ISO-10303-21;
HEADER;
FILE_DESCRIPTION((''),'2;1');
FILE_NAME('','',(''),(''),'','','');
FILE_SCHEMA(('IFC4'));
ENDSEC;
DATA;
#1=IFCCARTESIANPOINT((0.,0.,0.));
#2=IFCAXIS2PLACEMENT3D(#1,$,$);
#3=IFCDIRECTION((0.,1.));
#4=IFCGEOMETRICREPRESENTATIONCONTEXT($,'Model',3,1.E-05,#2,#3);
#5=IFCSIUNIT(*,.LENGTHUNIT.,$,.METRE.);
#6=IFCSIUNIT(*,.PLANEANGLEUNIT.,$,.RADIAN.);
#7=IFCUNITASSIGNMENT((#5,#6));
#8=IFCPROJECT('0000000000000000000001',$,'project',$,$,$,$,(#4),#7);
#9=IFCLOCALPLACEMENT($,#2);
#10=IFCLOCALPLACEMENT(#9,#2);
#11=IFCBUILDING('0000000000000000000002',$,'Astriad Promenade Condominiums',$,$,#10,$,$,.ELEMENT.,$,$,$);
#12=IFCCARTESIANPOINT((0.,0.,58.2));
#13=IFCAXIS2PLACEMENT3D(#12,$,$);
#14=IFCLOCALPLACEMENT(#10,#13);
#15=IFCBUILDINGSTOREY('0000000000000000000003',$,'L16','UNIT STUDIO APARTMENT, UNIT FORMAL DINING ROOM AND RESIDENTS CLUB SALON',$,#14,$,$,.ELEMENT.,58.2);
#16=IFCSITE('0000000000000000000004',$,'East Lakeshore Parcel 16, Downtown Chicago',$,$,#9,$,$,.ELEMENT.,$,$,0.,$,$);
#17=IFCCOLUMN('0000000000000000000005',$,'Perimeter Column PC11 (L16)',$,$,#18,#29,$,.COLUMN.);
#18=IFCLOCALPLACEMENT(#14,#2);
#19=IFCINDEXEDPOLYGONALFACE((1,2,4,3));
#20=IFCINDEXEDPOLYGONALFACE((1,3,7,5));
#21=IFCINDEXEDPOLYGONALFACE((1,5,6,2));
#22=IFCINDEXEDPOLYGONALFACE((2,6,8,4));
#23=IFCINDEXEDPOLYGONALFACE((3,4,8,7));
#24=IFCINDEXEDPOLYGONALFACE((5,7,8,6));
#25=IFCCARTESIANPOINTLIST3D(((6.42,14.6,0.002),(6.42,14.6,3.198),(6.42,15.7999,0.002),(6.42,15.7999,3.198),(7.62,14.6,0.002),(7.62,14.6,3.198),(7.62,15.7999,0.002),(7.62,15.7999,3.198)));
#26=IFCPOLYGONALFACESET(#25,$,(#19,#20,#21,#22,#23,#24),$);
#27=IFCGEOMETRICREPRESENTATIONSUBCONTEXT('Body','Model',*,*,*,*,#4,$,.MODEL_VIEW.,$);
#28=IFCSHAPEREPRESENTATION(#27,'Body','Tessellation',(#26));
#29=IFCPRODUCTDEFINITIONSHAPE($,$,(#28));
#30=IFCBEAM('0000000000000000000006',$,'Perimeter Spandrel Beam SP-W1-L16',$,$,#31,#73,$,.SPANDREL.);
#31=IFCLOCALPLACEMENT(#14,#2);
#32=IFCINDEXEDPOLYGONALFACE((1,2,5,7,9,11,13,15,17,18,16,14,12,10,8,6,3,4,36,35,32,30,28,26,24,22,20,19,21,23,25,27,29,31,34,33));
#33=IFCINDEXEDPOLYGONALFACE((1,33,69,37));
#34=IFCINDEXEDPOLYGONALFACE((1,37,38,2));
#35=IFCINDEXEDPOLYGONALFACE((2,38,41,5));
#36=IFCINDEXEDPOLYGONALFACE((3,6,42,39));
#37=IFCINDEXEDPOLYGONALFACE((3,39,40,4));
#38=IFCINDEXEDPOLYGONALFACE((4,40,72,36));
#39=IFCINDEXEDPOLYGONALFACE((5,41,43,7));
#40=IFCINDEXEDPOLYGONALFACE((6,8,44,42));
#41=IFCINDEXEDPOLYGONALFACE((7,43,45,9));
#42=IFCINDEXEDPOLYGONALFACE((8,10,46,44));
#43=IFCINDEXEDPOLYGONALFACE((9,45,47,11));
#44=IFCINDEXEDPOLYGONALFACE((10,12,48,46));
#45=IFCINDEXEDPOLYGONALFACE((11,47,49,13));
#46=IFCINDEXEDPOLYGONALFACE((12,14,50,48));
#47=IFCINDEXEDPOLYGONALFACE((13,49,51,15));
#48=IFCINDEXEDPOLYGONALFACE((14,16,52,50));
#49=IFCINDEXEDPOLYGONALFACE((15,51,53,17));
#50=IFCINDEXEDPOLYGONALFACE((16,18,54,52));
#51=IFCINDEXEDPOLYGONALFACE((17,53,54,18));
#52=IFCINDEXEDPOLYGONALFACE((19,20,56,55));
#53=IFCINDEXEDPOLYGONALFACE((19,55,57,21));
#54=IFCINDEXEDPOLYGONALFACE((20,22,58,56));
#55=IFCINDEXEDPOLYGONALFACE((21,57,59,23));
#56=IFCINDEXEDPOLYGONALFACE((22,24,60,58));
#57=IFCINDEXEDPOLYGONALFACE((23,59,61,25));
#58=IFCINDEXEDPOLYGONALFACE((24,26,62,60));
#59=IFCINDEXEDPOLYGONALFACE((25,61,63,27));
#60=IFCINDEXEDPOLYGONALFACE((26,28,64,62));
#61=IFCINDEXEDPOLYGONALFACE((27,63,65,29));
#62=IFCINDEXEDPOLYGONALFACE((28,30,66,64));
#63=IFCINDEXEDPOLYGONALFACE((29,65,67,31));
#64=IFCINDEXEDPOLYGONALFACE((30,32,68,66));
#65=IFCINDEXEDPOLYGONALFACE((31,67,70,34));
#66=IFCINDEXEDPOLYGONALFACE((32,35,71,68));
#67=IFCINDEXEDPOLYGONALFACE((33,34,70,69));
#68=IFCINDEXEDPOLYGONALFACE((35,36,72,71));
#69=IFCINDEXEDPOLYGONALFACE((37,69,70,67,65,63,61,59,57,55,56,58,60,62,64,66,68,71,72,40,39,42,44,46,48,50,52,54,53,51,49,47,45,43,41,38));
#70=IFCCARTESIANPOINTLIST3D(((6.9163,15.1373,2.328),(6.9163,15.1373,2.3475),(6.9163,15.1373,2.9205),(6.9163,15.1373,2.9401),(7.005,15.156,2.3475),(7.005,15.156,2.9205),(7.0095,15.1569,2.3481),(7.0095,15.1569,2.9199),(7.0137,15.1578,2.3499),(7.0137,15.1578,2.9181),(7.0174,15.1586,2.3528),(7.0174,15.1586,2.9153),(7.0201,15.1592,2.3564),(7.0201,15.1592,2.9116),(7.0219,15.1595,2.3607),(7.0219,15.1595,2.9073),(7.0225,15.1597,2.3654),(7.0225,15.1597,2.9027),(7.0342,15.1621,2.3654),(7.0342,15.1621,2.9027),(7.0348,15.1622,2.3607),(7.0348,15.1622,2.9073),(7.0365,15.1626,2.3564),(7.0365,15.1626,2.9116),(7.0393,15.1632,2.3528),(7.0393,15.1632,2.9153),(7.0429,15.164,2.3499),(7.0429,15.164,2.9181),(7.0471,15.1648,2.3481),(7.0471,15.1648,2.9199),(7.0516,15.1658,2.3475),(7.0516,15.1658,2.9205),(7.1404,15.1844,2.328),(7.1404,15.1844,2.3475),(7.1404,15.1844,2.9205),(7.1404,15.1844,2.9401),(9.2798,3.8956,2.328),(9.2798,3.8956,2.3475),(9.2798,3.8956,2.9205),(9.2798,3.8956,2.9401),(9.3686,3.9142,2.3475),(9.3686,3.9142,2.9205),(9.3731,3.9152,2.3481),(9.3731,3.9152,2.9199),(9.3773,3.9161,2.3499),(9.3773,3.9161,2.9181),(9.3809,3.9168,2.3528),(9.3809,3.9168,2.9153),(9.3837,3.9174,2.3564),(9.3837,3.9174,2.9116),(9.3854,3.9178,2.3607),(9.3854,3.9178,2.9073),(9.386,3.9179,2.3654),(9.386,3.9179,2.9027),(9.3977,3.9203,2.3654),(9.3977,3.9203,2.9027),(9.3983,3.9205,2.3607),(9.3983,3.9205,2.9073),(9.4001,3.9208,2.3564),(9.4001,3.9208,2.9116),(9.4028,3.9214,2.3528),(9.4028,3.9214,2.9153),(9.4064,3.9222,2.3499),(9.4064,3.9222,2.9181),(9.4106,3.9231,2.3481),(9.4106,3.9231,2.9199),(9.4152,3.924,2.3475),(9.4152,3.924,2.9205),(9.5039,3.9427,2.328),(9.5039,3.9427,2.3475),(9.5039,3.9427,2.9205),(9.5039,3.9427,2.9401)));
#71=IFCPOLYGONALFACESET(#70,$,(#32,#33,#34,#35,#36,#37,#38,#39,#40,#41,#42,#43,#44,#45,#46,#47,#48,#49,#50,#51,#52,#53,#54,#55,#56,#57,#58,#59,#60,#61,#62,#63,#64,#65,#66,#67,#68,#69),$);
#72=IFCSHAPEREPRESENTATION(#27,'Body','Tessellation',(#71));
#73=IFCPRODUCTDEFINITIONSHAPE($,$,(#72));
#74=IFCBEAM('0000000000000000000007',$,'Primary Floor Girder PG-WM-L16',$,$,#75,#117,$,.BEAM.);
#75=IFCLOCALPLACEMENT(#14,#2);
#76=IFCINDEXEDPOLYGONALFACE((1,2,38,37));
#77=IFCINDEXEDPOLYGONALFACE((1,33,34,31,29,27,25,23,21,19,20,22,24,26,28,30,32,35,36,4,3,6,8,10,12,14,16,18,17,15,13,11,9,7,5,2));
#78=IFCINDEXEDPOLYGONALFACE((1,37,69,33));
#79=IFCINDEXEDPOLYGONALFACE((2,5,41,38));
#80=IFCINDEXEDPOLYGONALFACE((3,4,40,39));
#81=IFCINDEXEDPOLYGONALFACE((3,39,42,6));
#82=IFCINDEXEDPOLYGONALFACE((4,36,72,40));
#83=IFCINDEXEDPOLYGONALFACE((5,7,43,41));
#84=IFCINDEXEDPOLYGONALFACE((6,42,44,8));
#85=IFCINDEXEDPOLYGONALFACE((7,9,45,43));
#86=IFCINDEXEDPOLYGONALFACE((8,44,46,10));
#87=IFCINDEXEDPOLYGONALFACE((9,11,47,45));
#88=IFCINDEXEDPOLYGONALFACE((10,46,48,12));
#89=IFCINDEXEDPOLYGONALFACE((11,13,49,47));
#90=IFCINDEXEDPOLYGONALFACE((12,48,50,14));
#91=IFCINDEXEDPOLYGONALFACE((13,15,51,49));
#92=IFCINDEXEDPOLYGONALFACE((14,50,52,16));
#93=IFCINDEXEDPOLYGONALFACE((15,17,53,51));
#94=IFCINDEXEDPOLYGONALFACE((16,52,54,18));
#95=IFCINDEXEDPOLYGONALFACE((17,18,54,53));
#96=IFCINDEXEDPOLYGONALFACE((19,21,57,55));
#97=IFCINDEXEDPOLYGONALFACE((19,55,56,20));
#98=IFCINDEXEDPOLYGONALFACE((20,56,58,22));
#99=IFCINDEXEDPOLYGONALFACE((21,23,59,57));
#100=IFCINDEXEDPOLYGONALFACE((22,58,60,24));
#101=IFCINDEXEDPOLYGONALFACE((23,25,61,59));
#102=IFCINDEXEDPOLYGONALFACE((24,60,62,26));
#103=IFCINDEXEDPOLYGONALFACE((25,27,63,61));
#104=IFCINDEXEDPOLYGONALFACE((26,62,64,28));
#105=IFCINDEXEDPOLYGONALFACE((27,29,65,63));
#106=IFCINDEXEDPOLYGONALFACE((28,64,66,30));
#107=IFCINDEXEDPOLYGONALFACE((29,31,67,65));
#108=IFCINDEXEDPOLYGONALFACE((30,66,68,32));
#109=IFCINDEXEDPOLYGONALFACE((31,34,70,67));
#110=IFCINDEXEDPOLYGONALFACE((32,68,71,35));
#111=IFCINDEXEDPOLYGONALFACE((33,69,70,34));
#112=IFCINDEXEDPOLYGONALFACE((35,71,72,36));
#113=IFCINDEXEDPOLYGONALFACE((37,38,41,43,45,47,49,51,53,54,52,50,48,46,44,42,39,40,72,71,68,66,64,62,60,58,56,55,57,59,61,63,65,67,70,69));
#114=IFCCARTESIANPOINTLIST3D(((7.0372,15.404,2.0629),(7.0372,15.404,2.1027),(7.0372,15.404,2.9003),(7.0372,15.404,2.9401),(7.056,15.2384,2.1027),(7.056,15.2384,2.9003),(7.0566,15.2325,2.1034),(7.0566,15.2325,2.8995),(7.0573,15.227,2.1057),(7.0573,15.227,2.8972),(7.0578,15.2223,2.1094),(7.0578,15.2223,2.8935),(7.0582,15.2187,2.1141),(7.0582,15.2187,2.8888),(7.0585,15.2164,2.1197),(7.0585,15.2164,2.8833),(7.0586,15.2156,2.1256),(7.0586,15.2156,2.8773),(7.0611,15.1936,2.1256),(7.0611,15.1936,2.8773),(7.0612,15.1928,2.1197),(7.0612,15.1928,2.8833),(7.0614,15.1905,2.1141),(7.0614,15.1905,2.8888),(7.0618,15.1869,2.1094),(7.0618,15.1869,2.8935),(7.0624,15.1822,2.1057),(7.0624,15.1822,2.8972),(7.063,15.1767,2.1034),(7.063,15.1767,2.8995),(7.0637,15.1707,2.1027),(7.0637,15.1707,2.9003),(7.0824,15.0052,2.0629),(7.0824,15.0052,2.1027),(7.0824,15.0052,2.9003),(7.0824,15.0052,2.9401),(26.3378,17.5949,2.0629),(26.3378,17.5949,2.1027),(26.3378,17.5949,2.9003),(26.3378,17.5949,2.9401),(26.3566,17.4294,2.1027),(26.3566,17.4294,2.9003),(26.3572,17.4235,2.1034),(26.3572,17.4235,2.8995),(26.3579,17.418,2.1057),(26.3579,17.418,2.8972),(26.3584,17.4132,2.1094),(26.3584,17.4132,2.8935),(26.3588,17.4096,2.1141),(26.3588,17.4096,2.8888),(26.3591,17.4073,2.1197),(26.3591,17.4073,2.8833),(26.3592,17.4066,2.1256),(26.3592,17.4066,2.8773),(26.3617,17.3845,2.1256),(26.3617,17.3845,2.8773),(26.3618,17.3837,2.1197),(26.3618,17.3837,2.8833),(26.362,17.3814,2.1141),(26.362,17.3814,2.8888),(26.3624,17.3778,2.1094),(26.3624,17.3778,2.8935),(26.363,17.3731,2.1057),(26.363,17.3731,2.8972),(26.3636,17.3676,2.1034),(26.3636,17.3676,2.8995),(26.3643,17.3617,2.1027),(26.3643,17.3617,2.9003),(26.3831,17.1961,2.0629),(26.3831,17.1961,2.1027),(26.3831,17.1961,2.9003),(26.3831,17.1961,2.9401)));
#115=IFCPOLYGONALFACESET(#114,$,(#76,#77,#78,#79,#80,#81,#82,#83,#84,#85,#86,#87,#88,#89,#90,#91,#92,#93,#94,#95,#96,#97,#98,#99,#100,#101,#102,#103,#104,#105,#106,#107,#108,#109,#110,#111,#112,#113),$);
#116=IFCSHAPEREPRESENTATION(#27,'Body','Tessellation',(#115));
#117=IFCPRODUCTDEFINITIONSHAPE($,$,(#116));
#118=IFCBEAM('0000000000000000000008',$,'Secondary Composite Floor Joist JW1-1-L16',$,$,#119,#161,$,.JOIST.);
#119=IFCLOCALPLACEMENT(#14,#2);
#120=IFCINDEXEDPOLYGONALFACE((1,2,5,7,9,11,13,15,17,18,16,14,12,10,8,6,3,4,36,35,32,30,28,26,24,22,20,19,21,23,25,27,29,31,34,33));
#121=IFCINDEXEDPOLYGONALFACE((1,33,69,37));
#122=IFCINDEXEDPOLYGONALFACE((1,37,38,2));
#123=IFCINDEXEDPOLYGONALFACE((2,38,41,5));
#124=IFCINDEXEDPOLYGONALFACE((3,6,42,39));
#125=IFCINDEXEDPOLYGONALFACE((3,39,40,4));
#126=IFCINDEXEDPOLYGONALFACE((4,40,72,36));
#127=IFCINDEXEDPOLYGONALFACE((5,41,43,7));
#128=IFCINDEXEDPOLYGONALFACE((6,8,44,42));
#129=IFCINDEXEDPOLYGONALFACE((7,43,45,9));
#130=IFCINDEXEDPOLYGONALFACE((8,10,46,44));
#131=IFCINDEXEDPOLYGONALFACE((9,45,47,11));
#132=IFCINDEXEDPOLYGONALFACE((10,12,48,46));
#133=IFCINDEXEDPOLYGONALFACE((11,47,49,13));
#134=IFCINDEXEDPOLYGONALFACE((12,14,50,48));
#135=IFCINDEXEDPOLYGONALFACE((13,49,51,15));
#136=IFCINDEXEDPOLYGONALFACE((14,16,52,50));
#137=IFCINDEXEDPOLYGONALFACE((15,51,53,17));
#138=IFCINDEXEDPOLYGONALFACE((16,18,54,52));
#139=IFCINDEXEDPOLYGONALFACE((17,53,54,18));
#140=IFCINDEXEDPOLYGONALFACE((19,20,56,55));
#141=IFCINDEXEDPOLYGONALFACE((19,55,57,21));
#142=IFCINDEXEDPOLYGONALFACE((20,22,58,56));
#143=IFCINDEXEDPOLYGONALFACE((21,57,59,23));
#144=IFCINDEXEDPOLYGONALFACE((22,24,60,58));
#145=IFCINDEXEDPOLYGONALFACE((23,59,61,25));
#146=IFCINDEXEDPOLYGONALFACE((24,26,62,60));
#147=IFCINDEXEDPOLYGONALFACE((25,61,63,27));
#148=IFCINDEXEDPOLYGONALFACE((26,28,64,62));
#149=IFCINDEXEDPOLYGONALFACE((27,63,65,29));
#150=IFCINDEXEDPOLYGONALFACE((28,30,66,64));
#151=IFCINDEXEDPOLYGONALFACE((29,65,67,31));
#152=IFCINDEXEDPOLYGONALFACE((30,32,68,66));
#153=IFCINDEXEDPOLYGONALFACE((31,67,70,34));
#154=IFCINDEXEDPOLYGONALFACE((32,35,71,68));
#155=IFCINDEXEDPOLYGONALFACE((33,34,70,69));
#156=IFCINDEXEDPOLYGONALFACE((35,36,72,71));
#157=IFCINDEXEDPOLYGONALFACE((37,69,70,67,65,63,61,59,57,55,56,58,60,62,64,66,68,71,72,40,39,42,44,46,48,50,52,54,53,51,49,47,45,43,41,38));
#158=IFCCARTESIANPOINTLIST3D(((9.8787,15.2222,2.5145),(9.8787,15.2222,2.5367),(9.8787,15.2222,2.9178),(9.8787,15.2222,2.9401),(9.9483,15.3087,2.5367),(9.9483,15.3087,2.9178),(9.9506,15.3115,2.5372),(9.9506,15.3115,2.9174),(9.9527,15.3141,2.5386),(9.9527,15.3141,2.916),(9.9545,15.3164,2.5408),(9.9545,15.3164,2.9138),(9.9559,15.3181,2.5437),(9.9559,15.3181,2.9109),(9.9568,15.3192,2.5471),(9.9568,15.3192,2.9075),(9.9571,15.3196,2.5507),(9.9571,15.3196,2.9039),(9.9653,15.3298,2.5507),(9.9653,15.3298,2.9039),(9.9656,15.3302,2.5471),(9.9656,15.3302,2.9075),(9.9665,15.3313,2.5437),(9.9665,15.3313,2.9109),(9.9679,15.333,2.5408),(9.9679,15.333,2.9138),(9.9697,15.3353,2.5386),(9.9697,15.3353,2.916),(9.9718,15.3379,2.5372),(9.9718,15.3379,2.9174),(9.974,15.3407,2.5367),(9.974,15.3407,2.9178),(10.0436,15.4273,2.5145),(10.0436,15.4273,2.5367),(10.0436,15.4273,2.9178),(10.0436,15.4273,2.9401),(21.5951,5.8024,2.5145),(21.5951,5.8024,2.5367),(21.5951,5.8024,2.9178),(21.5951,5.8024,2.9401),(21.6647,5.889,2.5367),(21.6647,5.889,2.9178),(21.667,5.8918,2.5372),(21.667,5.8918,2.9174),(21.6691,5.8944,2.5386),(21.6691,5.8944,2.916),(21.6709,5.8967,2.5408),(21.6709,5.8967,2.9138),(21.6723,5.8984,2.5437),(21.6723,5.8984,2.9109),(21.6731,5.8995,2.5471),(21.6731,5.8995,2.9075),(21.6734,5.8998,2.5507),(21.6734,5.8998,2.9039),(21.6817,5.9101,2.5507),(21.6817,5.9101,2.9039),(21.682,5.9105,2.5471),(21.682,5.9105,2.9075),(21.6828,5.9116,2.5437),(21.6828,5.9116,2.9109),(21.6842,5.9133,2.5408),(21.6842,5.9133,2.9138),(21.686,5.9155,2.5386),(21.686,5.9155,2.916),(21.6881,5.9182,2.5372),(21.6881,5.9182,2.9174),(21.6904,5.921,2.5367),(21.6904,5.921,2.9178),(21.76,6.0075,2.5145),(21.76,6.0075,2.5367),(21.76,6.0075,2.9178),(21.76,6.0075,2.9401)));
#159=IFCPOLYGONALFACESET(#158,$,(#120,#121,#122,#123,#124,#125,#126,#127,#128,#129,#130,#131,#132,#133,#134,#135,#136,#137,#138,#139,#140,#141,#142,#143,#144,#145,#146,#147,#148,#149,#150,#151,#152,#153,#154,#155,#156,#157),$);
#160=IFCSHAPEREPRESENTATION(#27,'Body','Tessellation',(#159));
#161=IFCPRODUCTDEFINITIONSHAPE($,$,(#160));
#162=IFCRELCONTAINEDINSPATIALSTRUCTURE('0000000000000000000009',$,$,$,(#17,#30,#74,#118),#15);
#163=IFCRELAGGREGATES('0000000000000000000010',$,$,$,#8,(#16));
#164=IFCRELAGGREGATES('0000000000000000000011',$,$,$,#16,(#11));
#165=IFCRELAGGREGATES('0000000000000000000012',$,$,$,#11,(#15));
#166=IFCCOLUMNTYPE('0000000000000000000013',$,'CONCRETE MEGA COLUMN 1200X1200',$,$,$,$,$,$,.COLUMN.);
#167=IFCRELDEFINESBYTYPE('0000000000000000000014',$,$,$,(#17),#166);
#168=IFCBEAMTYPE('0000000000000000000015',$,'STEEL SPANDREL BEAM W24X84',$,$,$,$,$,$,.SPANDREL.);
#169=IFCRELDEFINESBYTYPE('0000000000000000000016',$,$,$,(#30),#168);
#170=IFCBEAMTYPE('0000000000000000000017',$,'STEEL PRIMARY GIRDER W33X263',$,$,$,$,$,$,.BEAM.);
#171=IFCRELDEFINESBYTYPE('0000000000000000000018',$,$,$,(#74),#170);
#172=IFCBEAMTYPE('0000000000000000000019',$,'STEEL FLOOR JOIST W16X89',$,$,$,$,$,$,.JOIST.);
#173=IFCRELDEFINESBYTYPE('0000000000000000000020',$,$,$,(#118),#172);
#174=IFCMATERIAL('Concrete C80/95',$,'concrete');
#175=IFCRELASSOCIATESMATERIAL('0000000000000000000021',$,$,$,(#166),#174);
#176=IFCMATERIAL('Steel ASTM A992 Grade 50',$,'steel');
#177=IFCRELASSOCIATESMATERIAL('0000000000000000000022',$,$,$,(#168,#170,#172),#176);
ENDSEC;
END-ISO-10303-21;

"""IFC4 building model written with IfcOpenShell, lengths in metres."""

from ifc_helpers import new_model, si_unit, direction, frame, origin, origin_2d, place, context, subcontext, project, spatial, rectangle, i_section, extrude, source, transform, mapped, material, material_profile, profile_set, type_object, type_shapes, element, save


model = new_model("IFC4")

# Units and contexts
model_context = context("Model", 3, precision=1e-05, world=origin(), true_north=direction((0.0, 1.0)))
body_context = subcontext(model_context, "Body", "Model", "MODEL_VIEW")
ifc_project = project(units=[si_unit("LENGTHUNIT", "METRE"), si_unit("PLANEANGLEUNIT", "RADIAN")], contexts=[model_context])

# Site, building, storey
site_placement = place(None, origin())
site = spatial("IfcSite", under=ifc_project, at=site_placement, Name="East Lakeshore Parcel 16, Downtown Chicago", CompositionType="ELEMENT", RefElevation=0.0)
building_placement = place(site_placement, origin())
building = spatial("IfcBuilding", under=site, at=building_placement, Name="Astriad Promenade Condominiums", CompositionType="ELEMENT")
storey_placement = place(building_placement, frame((0.0, 0.0, 58.2)))
storey = spatial("IfcBuildingStorey", under=building, at=storey_placement, Name="L16", Description="UNIT STUDIO APARTMENT, UNIT FORMAL DINING ROOM AND RESIDENTS CLUB SALON", CompositionType="ELEMENT", Elevation=58.2)

# Column
ifc_material_1 = material(Name="Concrete C80/95", Category="concrete")
ifc_material_profile_1 = material_profile(ifc_material_1, rectangle(XDim=1.2, YDim=1.2, at=origin_2d()), Name="RC-COL-1200X1200")
ifc_profile_set_1 = profile_set([ifc_material_profile_1], Name="Concrete C80/95")
column_type = type_object("IfcColumnType", Name="CONCRETE MEGA COLUMN 1200X1200", PredefinedType="COLUMN", material=ifc_profile_set_1)
shared_shape_1 = source(origin(), body_context, "Body", "SweptSolid", [
    extrude(rectangle(XDim=1.2, YDim=1.2, at=origin_2d()), origin(), (0.0, 0.0, 1.0), 3.196),
])
type_shapes(column_type, [shared_shape_1])
column_placement = place(storey_placement, frame((7.02, 15.2, 0.002), z_axis=(0.0, 0.0, 1.0), x_axis=(1.0, 0.0, 0.0)))
element("IfcColumn", 1, at=column_placement, inside=storey, type_object=column_type, Name="Perimeter Column PC11 (L16)", PredefinedType="COLUMN", context=body_context, shape_type="MappedRepresentation", body=[
    mapped(shared_shape_1, transform((0.0, 0.0, 0.0), scale=1.0)),
])

# Beams
ifc_material_2 = material(Name="Steel ASTM A992 Grade 50", Category="steel")
ifc_material_profile_2 = material_profile(ifc_material_2, i_section(OverallWidth=0.229, OverallDepth=0.6121, WebThickness=0.012, FlangeThickness=0.0195, FilletRadius=0.0178, at=origin_2d()), Name="W24X84")
ifc_profile_set_2 = profile_set([ifc_material_profile_2], Name="Steel ASTM A992 Grade 50")
beam_type_1 = type_object("IfcBeamType", Name="STEEL SPANDREL BEAM W24X84", PredefinedType="SPANDREL", material=ifc_profile_set_2)
shared_shape_2 = source(origin(), body_context, "Body", "SweptSolid", [
    extrude(i_section(OverallWidth=0.229, OverallDepth=0.6121, WebThickness=0.012, FlangeThickness=0.0195, FilletRadius=0.0178, at=origin_2d()), origin(), (0.0, 0.0, 1.0), 11.4875),
])
type_shapes(beam_type_1, [shared_shape_2])
beam_1_placement = place(storey_placement, frame((7.0283, 15.1609, 2.634), z_axis=(0.205748, -0.978605, 0.0), x_axis=(0.978605, 0.205748, 0.0)))
element("IfcBeam", 2, at=beam_1_placement, inside=storey, type_object=beam_type_1, Name="Perimeter Spandrel Beam SP-W1-L16", PredefinedType="SPANDREL", context=body_context, shape_type="MappedRepresentation", body=[
    mapped(shared_shape_2, transform((0.0, 0.0, 0.0), scale=1.0)),
])
ifc_material_profile_3 = material_profile(ifc_material_2, i_section(OverallWidth=0.4014, OverallDepth=0.8772, WebThickness=0.0222, FlangeThickness=0.0398, FilletRadius=0.0229, at=origin_2d()), Name="W33X263")
ifc_profile_set_3 = profile_set([ifc_material_profile_3], Name="Steel ASTM A992 Grade 50")
beam_type_2 = type_object("IfcBeamType", Name="STEEL PRIMARY GIRDER W33X263", PredefinedType="BEAM", material=ifc_profile_set_3)
shared_shape_3 = source(origin(), body_context, "Body", "SweptSolid", [
    extrude(i_section(OverallWidth=0.4014, OverallDepth=0.8772, WebThickness=0.0222, FlangeThickness=0.0398, FilletRadius=0.0229, at=origin_2d()), origin(), (0.0, 0.0, 1.0), 19.4246),
])
type_shapes(beam_type_2, [shared_shape_3])
beam_2_placement = place(storey_placement, frame((7.0598, 15.2046, 2.5015), z_axis=(0.993619, 0.112792, 0.0), x_axis=(-0.112792, 0.993619, 0.0)))
element("IfcBeam", 3, at=beam_2_placement, inside=storey, type_object=beam_type_2, Name="Primary Floor Girder PG-WM-L16", PredefinedType="BEAM", context=body_context, shape_type="MappedRepresentation", body=[
    mapped(shared_shape_3, transform((0.0, 0.0, 0.0), scale=1.0)),
])
ifc_material_profile_4 = material_profile(ifc_material_2, i_section(OverallWidth=0.2632, OverallDepth=0.4255, WebThickness=0.0132, FlangeThickness=0.0222, FilletRadius=0.0139, at=origin_2d()), Name="W16X89")
ifc_profile_set_4 = profile_set([ifc_material_profile_4], Name="Steel ASTM A992 Grade 50")
beam_type_3 = type_object("IfcBeamType", Name="STEEL FLOOR JOIST W16X89", PredefinedType="JOIST", material=ifc_profile_set_4)
shared_shape_4 = source(origin(), body_context, "Body", "SweptSolid", [
    extrude(i_section(OverallWidth=0.2632, OverallDepth=0.4255, WebThickness=0.0132, FlangeThickness=0.0222, FilletRadius=0.0139, at=origin_2d()), origin(), (0.0, 0.0, 1.0), 15.0334),
])
beam_3_placement = place(storey_placement, frame((9.9612, 15.3247, 2.7273), z_axis=(0.779353, -0.626585, 0.0), x_axis=(0.626585, 0.779353, 0.0)))
element("IfcBeam", 4, at=beam_3_placement, inside=storey, type_object=beam_type_3, Name="Secondary Composite Floor Joist JW1-1-L16", PredefinedType="JOIST", context=body_context, shape_type="MappedRepresentation", body=[
    mapped(shared_shape_4, transform((0.0, 0.0, 0.0), scale=1.0)),
])

save(model, "model.ifc")
